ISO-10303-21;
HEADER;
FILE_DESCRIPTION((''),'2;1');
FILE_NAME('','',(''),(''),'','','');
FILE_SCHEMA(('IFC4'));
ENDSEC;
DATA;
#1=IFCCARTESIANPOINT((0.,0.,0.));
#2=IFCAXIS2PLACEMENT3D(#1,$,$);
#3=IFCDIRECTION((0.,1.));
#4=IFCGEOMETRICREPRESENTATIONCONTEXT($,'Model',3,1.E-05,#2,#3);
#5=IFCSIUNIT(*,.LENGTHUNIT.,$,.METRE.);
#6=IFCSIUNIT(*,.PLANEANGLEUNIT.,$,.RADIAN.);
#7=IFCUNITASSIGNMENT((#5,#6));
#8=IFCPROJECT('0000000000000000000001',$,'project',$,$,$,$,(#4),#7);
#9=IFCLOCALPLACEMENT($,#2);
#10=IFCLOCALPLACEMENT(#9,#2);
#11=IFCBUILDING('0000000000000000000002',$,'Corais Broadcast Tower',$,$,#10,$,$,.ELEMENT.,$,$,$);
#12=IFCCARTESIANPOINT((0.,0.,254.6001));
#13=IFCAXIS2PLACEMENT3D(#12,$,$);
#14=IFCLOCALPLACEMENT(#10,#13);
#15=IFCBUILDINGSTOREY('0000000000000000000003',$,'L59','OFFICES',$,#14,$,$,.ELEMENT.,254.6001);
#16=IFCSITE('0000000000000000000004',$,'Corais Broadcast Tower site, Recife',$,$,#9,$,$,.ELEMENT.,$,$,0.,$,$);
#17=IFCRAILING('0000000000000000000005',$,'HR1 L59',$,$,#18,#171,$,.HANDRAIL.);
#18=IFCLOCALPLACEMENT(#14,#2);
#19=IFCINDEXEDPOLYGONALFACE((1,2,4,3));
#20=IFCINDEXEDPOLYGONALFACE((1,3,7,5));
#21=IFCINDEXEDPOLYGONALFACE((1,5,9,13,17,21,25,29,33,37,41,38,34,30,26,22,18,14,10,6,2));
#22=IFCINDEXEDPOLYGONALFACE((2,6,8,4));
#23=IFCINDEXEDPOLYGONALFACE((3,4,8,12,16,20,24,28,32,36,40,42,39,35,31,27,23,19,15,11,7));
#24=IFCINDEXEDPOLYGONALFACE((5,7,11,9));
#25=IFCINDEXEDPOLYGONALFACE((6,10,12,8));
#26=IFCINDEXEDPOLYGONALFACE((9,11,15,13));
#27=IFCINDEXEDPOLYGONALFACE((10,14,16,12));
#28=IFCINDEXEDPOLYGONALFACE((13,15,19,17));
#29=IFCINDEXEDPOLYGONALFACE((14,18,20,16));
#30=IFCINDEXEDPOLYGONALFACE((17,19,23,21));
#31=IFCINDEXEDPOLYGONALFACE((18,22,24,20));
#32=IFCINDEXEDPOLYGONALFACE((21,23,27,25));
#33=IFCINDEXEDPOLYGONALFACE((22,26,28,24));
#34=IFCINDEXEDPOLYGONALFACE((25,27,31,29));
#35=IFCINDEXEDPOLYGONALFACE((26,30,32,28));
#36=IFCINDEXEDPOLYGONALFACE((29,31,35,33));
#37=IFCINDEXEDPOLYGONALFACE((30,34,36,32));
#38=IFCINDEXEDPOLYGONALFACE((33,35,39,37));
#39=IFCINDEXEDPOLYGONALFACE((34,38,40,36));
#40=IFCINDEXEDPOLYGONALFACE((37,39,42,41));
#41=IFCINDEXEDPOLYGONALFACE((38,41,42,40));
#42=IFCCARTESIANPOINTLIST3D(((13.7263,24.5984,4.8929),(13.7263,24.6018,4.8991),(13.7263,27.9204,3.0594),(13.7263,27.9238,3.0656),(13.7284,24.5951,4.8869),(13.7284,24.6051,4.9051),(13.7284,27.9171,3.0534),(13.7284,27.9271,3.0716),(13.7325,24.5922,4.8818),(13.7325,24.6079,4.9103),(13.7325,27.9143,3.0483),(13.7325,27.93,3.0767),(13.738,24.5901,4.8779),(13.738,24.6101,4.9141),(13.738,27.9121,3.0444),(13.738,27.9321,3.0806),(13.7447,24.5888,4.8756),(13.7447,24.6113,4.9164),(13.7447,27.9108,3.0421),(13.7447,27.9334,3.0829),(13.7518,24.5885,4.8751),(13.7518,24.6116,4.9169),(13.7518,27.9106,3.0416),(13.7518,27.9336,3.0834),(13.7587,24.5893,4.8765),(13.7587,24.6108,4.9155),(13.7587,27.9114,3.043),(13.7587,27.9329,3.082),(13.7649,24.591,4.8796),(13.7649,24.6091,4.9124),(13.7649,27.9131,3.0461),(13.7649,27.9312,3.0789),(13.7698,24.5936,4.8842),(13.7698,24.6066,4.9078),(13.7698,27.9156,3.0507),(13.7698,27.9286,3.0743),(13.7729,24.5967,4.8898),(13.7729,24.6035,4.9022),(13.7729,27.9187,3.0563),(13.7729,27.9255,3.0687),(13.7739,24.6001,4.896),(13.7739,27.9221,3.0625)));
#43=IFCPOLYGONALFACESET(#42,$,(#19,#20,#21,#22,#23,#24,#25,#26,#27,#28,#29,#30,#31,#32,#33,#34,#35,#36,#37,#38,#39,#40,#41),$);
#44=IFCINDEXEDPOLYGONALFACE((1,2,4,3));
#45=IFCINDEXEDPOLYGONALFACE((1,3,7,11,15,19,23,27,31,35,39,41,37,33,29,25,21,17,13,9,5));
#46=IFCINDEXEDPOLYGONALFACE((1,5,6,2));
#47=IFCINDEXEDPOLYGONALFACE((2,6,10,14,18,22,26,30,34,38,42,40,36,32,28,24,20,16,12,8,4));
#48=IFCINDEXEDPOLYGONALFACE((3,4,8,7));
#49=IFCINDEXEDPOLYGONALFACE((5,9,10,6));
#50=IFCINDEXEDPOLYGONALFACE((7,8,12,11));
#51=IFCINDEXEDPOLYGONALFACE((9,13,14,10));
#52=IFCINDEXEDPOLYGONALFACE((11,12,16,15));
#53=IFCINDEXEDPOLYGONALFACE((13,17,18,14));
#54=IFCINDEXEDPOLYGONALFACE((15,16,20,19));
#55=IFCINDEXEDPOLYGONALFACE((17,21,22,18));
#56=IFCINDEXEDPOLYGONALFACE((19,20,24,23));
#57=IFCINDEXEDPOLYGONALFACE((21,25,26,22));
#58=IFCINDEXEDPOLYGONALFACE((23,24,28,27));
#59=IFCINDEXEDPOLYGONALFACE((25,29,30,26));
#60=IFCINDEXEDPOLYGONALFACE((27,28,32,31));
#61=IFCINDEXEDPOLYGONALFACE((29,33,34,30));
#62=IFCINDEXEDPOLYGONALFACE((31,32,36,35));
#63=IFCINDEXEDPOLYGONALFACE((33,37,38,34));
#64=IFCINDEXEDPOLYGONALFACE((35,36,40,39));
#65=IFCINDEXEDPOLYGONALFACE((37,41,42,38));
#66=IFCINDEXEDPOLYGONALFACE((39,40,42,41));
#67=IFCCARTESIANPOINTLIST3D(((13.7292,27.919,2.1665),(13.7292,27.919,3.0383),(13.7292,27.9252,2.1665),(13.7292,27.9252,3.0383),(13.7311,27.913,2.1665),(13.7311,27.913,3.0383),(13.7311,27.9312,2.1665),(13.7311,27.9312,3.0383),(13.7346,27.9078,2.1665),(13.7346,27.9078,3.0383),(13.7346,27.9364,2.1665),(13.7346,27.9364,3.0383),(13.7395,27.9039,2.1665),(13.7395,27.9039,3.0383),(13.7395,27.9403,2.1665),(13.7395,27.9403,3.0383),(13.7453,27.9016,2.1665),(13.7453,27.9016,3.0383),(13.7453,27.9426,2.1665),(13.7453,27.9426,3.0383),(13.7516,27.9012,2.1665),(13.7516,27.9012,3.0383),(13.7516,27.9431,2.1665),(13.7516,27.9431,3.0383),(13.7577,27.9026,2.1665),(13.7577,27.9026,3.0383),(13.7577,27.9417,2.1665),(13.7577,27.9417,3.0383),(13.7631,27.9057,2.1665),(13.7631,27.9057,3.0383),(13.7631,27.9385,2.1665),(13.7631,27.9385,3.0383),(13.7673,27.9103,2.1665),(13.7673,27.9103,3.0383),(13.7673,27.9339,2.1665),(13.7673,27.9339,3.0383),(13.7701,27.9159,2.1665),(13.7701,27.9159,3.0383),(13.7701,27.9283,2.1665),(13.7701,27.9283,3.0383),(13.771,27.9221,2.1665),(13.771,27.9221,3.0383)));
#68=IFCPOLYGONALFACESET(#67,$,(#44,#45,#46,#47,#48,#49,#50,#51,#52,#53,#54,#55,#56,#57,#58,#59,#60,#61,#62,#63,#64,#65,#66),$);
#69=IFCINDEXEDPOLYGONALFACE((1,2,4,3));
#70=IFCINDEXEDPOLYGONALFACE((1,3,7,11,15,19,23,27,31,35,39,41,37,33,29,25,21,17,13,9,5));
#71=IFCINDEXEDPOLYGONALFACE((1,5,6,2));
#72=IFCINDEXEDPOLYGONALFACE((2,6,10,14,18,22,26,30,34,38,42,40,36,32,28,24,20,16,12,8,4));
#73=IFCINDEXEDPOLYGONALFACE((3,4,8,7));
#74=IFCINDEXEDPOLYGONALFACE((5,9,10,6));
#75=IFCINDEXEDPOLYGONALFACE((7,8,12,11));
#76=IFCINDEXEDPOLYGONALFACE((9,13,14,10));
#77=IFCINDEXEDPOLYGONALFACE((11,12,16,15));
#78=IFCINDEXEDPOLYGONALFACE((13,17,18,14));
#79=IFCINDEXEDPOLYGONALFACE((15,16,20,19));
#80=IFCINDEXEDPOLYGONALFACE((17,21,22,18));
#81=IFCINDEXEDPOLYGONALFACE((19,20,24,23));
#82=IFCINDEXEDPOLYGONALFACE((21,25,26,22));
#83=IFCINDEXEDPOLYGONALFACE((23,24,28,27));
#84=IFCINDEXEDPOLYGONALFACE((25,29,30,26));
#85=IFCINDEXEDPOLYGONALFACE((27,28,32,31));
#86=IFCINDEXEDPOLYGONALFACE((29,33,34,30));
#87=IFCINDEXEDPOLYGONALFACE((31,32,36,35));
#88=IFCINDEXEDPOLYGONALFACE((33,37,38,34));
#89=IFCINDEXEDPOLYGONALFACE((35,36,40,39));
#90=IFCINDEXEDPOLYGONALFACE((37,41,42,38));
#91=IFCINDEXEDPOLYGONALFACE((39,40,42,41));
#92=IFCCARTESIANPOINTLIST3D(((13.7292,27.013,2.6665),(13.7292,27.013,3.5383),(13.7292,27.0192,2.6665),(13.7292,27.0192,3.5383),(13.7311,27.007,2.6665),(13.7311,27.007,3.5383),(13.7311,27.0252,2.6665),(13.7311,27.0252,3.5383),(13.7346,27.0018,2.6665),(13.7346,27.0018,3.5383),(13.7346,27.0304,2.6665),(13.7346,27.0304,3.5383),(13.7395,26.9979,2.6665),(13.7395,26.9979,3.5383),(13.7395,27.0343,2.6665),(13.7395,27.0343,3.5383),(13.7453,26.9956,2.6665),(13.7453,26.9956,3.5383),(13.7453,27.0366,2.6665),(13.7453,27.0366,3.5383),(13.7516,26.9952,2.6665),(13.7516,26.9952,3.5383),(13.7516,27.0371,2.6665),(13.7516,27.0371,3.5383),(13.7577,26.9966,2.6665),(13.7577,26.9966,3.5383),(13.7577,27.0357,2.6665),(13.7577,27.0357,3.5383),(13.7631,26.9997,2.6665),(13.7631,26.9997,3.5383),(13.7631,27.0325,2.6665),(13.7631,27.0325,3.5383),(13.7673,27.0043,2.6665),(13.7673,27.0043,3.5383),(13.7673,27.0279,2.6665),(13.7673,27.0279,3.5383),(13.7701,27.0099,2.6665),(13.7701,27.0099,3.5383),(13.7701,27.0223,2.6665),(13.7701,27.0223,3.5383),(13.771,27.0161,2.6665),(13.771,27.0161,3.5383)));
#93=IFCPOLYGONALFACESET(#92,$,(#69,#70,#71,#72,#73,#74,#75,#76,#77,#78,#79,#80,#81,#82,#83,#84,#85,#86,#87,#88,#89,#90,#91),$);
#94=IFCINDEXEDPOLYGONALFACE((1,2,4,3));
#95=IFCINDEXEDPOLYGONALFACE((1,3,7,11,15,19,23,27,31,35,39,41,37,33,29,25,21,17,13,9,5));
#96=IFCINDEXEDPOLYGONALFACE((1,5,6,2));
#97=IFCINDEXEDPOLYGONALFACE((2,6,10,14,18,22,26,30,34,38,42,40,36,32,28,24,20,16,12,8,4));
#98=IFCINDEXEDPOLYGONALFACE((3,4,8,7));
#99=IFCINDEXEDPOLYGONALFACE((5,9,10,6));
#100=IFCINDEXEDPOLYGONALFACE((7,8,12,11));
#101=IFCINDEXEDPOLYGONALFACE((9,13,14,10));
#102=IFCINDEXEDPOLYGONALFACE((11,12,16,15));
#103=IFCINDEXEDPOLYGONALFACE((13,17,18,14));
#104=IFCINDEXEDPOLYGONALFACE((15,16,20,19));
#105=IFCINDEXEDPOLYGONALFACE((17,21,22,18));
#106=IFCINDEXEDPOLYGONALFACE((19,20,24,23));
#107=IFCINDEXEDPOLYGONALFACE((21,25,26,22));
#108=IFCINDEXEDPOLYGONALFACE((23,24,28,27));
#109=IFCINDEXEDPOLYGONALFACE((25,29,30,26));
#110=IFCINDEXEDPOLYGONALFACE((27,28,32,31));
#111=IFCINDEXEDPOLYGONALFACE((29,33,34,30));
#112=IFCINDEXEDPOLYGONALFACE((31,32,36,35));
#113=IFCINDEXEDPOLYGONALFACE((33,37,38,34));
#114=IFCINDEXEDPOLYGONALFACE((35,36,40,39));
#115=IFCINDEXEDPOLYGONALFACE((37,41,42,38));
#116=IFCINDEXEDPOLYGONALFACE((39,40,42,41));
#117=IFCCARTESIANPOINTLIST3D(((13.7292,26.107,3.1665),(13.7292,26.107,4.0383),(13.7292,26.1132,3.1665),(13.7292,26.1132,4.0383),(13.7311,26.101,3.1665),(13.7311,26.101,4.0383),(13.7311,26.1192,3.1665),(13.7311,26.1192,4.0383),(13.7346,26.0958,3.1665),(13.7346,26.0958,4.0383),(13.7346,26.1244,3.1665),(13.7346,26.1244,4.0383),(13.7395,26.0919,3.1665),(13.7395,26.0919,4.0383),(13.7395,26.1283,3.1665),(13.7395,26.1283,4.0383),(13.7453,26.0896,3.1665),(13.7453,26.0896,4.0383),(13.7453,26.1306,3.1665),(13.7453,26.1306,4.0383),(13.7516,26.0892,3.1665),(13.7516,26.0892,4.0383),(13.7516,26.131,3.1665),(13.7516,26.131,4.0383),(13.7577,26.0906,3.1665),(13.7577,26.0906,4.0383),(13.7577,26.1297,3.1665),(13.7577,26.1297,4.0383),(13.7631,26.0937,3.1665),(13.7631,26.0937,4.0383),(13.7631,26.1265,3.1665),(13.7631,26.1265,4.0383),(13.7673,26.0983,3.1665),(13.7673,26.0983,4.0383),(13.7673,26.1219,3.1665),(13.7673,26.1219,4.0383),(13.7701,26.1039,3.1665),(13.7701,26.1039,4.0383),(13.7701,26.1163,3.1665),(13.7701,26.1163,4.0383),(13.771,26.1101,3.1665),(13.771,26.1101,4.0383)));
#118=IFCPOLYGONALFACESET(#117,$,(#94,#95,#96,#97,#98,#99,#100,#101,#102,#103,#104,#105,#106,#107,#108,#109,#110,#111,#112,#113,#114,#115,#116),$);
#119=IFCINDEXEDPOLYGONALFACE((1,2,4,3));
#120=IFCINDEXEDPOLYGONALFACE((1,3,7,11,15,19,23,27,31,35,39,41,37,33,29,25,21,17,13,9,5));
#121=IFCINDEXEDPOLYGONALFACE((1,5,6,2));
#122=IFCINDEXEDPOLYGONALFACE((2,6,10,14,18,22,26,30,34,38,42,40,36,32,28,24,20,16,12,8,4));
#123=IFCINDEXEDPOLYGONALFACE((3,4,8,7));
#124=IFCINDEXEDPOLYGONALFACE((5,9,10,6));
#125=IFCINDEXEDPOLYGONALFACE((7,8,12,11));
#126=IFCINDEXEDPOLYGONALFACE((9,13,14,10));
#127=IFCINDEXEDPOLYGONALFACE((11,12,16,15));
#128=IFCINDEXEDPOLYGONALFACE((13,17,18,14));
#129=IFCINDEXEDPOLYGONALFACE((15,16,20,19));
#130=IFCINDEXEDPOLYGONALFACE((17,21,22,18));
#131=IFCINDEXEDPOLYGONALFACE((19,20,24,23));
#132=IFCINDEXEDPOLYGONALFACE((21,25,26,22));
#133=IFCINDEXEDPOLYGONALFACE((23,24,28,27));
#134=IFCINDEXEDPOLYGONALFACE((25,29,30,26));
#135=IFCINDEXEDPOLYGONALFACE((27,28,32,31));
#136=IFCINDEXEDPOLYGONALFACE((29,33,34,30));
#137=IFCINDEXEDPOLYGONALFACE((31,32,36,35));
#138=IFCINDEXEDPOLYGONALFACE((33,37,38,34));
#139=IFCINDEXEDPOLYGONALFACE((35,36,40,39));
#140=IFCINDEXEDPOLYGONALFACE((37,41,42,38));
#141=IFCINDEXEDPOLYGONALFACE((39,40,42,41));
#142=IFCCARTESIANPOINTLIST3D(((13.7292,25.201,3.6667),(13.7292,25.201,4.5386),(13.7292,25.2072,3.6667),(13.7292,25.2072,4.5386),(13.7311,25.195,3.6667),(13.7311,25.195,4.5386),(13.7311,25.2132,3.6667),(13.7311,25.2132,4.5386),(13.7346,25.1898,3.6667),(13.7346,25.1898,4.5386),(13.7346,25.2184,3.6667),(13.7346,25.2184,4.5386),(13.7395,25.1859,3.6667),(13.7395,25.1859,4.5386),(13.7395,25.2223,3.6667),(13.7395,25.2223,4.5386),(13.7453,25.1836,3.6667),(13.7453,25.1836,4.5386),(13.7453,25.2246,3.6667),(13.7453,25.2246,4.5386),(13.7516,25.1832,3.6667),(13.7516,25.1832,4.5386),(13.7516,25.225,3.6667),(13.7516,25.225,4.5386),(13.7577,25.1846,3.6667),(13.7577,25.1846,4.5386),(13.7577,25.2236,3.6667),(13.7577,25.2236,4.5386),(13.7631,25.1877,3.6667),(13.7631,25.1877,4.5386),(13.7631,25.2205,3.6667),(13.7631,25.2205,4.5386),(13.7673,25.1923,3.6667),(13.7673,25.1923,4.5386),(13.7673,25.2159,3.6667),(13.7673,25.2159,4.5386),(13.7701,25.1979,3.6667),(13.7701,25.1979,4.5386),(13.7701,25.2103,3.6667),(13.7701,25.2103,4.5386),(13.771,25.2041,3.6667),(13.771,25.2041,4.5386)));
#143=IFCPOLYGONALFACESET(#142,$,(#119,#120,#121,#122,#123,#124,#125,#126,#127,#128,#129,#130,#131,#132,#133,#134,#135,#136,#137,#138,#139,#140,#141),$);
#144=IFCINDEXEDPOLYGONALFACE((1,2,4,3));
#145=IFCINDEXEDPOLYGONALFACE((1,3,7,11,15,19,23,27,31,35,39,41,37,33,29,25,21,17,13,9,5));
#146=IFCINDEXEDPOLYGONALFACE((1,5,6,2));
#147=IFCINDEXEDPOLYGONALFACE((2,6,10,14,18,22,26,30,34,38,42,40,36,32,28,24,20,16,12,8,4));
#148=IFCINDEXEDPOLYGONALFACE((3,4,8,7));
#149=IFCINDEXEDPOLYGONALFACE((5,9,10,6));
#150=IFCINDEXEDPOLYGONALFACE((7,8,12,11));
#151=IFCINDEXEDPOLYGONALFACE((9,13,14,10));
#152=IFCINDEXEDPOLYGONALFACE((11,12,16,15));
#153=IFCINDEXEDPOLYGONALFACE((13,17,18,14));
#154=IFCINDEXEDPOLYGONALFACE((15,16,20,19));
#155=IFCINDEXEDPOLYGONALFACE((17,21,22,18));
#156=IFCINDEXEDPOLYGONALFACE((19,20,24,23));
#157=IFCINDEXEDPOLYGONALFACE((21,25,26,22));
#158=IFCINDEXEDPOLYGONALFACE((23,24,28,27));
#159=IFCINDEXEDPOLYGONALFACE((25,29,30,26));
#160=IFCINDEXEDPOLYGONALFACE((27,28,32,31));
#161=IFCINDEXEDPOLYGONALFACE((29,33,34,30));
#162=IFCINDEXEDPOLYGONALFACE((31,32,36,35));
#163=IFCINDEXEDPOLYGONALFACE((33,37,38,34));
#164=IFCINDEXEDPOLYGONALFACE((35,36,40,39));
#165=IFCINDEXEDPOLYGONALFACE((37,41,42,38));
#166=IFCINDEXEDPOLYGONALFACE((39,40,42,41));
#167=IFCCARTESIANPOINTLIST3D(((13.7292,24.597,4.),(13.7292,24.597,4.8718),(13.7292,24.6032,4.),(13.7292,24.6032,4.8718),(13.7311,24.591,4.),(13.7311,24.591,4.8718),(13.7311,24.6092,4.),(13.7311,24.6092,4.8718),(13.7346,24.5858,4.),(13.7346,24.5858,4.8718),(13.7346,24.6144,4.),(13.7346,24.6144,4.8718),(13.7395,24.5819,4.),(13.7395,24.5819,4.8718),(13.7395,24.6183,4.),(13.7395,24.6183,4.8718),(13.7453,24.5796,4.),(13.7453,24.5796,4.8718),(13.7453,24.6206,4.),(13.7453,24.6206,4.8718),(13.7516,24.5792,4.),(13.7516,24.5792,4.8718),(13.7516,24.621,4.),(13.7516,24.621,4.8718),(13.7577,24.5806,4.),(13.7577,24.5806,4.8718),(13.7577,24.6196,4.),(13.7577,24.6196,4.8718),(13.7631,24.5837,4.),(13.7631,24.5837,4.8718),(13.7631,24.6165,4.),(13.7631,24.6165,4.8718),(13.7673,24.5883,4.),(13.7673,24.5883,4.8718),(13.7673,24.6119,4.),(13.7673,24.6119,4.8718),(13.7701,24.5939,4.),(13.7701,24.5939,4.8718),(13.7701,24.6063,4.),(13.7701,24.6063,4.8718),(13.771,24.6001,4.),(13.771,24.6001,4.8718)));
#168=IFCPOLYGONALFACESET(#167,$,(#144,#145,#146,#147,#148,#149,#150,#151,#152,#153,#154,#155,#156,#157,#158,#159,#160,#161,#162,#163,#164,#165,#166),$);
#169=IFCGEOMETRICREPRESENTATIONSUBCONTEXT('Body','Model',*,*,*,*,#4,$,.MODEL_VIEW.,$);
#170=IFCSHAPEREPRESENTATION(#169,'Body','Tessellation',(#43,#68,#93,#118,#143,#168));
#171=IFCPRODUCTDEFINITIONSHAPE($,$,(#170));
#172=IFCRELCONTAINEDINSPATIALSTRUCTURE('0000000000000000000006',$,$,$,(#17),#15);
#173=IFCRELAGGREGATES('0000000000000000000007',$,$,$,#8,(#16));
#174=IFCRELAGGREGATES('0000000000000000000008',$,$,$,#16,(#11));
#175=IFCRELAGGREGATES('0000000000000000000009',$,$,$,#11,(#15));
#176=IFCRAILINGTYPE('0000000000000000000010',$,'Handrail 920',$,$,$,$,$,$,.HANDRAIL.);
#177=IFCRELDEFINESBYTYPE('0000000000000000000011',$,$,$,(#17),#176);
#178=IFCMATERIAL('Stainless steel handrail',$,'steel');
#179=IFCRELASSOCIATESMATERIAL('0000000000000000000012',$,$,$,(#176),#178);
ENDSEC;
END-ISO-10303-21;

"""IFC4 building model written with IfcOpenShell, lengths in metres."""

from ifc_helpers import new_model, si_unit, direction, frame, origin, origin_2d, place, context, subcontext, project, spatial, circle, extrude, material, type_object, element, save


model = new_model("IFC4")

# Units and contexts
model_context = context("Model", 3, precision=1e-05, world=origin(), true_north=direction((0.0, 1.0)))
body_context = subcontext(model_context, "Body", "Model", "MODEL_VIEW")
ifc_project = project(units=[si_unit("LENGTHUNIT", "METRE"), si_unit("PLANEANGLEUNIT", "RADIAN")], contexts=[model_context])

# Site, building, storey
site_placement = place(None, origin())
site = spatial("IfcSite", under=ifc_project, at=site_placement, Name="Corais Broadcast Tower site, Recife", CompositionType="ELEMENT", RefElevation=0.0)
building_placement = place(site_placement, origin())
building = spatial("IfcBuilding", under=site, at=building_placement, Name="Corais Broadcast Tower", CompositionType="ELEMENT")
storey_placement = place(building_placement, frame((0.0, 0.0, 254.6001)))
storey = spatial("IfcBuildingStorey", under=building, at=storey_placement, Name="L59", Description="OFFICES", CompositionType="ELEMENT", Elevation=254.6001)

# Railing
ifc_material_1 = material(Name="Stainless steel handrail", Category="steel")
railing_type = type_object("IfcRailingType", Name="Handrail 920", PredefinedType="HANDRAIL", material=ifc_material_1)
for number, where, name in (
    (1, (13.75, 27.9221, 2.1665), "HR1 L59"),
):
    element("IfcRailing", number, at=place(storey_placement, frame(where)), inside=storey, type_object=railing_type, Name=name, PredefinedType="HANDRAIL", context=body_context, shape_type="SweptSolid", body=[
        extrude(circle(Radius=0.0239, at=origin_2d()), frame((0.0, 0.0, 0.896), z_axis=(0.0, -0.875504, 0.48321), x_axis=(1.0, 0.0, 0.0)), (0.0, 0.0, 1.0), 3.7944),
        extrude(circle(Radius=0.021, at=origin_2d()), origin(), (0.0, 0.0, 1.0), 0.8718),
        extrude(circle(Radius=0.021, at=origin_2d()), frame((0.0, -0.906, 0.5)), (0.0, 0.0, 1.0), 0.8718),
        extrude(circle(Radius=0.021, at=origin_2d()), frame((0.0, -1.812, 1.0)), (0.0, 0.0, 1.0), 0.8718),
        extrude(circle(Radius=0.021, at=origin_2d()), frame((0.0, -2.718, 1.5002)), (0.0, 0.0, 1.0), 0.8718),
        extrude(circle(Radius=0.021, at=origin_2d()), frame((0.0, -3.322, 1.8335)), (0.0, 0.0, 1.0), 0.8718),
    ])

save(model, "model.ifc")
